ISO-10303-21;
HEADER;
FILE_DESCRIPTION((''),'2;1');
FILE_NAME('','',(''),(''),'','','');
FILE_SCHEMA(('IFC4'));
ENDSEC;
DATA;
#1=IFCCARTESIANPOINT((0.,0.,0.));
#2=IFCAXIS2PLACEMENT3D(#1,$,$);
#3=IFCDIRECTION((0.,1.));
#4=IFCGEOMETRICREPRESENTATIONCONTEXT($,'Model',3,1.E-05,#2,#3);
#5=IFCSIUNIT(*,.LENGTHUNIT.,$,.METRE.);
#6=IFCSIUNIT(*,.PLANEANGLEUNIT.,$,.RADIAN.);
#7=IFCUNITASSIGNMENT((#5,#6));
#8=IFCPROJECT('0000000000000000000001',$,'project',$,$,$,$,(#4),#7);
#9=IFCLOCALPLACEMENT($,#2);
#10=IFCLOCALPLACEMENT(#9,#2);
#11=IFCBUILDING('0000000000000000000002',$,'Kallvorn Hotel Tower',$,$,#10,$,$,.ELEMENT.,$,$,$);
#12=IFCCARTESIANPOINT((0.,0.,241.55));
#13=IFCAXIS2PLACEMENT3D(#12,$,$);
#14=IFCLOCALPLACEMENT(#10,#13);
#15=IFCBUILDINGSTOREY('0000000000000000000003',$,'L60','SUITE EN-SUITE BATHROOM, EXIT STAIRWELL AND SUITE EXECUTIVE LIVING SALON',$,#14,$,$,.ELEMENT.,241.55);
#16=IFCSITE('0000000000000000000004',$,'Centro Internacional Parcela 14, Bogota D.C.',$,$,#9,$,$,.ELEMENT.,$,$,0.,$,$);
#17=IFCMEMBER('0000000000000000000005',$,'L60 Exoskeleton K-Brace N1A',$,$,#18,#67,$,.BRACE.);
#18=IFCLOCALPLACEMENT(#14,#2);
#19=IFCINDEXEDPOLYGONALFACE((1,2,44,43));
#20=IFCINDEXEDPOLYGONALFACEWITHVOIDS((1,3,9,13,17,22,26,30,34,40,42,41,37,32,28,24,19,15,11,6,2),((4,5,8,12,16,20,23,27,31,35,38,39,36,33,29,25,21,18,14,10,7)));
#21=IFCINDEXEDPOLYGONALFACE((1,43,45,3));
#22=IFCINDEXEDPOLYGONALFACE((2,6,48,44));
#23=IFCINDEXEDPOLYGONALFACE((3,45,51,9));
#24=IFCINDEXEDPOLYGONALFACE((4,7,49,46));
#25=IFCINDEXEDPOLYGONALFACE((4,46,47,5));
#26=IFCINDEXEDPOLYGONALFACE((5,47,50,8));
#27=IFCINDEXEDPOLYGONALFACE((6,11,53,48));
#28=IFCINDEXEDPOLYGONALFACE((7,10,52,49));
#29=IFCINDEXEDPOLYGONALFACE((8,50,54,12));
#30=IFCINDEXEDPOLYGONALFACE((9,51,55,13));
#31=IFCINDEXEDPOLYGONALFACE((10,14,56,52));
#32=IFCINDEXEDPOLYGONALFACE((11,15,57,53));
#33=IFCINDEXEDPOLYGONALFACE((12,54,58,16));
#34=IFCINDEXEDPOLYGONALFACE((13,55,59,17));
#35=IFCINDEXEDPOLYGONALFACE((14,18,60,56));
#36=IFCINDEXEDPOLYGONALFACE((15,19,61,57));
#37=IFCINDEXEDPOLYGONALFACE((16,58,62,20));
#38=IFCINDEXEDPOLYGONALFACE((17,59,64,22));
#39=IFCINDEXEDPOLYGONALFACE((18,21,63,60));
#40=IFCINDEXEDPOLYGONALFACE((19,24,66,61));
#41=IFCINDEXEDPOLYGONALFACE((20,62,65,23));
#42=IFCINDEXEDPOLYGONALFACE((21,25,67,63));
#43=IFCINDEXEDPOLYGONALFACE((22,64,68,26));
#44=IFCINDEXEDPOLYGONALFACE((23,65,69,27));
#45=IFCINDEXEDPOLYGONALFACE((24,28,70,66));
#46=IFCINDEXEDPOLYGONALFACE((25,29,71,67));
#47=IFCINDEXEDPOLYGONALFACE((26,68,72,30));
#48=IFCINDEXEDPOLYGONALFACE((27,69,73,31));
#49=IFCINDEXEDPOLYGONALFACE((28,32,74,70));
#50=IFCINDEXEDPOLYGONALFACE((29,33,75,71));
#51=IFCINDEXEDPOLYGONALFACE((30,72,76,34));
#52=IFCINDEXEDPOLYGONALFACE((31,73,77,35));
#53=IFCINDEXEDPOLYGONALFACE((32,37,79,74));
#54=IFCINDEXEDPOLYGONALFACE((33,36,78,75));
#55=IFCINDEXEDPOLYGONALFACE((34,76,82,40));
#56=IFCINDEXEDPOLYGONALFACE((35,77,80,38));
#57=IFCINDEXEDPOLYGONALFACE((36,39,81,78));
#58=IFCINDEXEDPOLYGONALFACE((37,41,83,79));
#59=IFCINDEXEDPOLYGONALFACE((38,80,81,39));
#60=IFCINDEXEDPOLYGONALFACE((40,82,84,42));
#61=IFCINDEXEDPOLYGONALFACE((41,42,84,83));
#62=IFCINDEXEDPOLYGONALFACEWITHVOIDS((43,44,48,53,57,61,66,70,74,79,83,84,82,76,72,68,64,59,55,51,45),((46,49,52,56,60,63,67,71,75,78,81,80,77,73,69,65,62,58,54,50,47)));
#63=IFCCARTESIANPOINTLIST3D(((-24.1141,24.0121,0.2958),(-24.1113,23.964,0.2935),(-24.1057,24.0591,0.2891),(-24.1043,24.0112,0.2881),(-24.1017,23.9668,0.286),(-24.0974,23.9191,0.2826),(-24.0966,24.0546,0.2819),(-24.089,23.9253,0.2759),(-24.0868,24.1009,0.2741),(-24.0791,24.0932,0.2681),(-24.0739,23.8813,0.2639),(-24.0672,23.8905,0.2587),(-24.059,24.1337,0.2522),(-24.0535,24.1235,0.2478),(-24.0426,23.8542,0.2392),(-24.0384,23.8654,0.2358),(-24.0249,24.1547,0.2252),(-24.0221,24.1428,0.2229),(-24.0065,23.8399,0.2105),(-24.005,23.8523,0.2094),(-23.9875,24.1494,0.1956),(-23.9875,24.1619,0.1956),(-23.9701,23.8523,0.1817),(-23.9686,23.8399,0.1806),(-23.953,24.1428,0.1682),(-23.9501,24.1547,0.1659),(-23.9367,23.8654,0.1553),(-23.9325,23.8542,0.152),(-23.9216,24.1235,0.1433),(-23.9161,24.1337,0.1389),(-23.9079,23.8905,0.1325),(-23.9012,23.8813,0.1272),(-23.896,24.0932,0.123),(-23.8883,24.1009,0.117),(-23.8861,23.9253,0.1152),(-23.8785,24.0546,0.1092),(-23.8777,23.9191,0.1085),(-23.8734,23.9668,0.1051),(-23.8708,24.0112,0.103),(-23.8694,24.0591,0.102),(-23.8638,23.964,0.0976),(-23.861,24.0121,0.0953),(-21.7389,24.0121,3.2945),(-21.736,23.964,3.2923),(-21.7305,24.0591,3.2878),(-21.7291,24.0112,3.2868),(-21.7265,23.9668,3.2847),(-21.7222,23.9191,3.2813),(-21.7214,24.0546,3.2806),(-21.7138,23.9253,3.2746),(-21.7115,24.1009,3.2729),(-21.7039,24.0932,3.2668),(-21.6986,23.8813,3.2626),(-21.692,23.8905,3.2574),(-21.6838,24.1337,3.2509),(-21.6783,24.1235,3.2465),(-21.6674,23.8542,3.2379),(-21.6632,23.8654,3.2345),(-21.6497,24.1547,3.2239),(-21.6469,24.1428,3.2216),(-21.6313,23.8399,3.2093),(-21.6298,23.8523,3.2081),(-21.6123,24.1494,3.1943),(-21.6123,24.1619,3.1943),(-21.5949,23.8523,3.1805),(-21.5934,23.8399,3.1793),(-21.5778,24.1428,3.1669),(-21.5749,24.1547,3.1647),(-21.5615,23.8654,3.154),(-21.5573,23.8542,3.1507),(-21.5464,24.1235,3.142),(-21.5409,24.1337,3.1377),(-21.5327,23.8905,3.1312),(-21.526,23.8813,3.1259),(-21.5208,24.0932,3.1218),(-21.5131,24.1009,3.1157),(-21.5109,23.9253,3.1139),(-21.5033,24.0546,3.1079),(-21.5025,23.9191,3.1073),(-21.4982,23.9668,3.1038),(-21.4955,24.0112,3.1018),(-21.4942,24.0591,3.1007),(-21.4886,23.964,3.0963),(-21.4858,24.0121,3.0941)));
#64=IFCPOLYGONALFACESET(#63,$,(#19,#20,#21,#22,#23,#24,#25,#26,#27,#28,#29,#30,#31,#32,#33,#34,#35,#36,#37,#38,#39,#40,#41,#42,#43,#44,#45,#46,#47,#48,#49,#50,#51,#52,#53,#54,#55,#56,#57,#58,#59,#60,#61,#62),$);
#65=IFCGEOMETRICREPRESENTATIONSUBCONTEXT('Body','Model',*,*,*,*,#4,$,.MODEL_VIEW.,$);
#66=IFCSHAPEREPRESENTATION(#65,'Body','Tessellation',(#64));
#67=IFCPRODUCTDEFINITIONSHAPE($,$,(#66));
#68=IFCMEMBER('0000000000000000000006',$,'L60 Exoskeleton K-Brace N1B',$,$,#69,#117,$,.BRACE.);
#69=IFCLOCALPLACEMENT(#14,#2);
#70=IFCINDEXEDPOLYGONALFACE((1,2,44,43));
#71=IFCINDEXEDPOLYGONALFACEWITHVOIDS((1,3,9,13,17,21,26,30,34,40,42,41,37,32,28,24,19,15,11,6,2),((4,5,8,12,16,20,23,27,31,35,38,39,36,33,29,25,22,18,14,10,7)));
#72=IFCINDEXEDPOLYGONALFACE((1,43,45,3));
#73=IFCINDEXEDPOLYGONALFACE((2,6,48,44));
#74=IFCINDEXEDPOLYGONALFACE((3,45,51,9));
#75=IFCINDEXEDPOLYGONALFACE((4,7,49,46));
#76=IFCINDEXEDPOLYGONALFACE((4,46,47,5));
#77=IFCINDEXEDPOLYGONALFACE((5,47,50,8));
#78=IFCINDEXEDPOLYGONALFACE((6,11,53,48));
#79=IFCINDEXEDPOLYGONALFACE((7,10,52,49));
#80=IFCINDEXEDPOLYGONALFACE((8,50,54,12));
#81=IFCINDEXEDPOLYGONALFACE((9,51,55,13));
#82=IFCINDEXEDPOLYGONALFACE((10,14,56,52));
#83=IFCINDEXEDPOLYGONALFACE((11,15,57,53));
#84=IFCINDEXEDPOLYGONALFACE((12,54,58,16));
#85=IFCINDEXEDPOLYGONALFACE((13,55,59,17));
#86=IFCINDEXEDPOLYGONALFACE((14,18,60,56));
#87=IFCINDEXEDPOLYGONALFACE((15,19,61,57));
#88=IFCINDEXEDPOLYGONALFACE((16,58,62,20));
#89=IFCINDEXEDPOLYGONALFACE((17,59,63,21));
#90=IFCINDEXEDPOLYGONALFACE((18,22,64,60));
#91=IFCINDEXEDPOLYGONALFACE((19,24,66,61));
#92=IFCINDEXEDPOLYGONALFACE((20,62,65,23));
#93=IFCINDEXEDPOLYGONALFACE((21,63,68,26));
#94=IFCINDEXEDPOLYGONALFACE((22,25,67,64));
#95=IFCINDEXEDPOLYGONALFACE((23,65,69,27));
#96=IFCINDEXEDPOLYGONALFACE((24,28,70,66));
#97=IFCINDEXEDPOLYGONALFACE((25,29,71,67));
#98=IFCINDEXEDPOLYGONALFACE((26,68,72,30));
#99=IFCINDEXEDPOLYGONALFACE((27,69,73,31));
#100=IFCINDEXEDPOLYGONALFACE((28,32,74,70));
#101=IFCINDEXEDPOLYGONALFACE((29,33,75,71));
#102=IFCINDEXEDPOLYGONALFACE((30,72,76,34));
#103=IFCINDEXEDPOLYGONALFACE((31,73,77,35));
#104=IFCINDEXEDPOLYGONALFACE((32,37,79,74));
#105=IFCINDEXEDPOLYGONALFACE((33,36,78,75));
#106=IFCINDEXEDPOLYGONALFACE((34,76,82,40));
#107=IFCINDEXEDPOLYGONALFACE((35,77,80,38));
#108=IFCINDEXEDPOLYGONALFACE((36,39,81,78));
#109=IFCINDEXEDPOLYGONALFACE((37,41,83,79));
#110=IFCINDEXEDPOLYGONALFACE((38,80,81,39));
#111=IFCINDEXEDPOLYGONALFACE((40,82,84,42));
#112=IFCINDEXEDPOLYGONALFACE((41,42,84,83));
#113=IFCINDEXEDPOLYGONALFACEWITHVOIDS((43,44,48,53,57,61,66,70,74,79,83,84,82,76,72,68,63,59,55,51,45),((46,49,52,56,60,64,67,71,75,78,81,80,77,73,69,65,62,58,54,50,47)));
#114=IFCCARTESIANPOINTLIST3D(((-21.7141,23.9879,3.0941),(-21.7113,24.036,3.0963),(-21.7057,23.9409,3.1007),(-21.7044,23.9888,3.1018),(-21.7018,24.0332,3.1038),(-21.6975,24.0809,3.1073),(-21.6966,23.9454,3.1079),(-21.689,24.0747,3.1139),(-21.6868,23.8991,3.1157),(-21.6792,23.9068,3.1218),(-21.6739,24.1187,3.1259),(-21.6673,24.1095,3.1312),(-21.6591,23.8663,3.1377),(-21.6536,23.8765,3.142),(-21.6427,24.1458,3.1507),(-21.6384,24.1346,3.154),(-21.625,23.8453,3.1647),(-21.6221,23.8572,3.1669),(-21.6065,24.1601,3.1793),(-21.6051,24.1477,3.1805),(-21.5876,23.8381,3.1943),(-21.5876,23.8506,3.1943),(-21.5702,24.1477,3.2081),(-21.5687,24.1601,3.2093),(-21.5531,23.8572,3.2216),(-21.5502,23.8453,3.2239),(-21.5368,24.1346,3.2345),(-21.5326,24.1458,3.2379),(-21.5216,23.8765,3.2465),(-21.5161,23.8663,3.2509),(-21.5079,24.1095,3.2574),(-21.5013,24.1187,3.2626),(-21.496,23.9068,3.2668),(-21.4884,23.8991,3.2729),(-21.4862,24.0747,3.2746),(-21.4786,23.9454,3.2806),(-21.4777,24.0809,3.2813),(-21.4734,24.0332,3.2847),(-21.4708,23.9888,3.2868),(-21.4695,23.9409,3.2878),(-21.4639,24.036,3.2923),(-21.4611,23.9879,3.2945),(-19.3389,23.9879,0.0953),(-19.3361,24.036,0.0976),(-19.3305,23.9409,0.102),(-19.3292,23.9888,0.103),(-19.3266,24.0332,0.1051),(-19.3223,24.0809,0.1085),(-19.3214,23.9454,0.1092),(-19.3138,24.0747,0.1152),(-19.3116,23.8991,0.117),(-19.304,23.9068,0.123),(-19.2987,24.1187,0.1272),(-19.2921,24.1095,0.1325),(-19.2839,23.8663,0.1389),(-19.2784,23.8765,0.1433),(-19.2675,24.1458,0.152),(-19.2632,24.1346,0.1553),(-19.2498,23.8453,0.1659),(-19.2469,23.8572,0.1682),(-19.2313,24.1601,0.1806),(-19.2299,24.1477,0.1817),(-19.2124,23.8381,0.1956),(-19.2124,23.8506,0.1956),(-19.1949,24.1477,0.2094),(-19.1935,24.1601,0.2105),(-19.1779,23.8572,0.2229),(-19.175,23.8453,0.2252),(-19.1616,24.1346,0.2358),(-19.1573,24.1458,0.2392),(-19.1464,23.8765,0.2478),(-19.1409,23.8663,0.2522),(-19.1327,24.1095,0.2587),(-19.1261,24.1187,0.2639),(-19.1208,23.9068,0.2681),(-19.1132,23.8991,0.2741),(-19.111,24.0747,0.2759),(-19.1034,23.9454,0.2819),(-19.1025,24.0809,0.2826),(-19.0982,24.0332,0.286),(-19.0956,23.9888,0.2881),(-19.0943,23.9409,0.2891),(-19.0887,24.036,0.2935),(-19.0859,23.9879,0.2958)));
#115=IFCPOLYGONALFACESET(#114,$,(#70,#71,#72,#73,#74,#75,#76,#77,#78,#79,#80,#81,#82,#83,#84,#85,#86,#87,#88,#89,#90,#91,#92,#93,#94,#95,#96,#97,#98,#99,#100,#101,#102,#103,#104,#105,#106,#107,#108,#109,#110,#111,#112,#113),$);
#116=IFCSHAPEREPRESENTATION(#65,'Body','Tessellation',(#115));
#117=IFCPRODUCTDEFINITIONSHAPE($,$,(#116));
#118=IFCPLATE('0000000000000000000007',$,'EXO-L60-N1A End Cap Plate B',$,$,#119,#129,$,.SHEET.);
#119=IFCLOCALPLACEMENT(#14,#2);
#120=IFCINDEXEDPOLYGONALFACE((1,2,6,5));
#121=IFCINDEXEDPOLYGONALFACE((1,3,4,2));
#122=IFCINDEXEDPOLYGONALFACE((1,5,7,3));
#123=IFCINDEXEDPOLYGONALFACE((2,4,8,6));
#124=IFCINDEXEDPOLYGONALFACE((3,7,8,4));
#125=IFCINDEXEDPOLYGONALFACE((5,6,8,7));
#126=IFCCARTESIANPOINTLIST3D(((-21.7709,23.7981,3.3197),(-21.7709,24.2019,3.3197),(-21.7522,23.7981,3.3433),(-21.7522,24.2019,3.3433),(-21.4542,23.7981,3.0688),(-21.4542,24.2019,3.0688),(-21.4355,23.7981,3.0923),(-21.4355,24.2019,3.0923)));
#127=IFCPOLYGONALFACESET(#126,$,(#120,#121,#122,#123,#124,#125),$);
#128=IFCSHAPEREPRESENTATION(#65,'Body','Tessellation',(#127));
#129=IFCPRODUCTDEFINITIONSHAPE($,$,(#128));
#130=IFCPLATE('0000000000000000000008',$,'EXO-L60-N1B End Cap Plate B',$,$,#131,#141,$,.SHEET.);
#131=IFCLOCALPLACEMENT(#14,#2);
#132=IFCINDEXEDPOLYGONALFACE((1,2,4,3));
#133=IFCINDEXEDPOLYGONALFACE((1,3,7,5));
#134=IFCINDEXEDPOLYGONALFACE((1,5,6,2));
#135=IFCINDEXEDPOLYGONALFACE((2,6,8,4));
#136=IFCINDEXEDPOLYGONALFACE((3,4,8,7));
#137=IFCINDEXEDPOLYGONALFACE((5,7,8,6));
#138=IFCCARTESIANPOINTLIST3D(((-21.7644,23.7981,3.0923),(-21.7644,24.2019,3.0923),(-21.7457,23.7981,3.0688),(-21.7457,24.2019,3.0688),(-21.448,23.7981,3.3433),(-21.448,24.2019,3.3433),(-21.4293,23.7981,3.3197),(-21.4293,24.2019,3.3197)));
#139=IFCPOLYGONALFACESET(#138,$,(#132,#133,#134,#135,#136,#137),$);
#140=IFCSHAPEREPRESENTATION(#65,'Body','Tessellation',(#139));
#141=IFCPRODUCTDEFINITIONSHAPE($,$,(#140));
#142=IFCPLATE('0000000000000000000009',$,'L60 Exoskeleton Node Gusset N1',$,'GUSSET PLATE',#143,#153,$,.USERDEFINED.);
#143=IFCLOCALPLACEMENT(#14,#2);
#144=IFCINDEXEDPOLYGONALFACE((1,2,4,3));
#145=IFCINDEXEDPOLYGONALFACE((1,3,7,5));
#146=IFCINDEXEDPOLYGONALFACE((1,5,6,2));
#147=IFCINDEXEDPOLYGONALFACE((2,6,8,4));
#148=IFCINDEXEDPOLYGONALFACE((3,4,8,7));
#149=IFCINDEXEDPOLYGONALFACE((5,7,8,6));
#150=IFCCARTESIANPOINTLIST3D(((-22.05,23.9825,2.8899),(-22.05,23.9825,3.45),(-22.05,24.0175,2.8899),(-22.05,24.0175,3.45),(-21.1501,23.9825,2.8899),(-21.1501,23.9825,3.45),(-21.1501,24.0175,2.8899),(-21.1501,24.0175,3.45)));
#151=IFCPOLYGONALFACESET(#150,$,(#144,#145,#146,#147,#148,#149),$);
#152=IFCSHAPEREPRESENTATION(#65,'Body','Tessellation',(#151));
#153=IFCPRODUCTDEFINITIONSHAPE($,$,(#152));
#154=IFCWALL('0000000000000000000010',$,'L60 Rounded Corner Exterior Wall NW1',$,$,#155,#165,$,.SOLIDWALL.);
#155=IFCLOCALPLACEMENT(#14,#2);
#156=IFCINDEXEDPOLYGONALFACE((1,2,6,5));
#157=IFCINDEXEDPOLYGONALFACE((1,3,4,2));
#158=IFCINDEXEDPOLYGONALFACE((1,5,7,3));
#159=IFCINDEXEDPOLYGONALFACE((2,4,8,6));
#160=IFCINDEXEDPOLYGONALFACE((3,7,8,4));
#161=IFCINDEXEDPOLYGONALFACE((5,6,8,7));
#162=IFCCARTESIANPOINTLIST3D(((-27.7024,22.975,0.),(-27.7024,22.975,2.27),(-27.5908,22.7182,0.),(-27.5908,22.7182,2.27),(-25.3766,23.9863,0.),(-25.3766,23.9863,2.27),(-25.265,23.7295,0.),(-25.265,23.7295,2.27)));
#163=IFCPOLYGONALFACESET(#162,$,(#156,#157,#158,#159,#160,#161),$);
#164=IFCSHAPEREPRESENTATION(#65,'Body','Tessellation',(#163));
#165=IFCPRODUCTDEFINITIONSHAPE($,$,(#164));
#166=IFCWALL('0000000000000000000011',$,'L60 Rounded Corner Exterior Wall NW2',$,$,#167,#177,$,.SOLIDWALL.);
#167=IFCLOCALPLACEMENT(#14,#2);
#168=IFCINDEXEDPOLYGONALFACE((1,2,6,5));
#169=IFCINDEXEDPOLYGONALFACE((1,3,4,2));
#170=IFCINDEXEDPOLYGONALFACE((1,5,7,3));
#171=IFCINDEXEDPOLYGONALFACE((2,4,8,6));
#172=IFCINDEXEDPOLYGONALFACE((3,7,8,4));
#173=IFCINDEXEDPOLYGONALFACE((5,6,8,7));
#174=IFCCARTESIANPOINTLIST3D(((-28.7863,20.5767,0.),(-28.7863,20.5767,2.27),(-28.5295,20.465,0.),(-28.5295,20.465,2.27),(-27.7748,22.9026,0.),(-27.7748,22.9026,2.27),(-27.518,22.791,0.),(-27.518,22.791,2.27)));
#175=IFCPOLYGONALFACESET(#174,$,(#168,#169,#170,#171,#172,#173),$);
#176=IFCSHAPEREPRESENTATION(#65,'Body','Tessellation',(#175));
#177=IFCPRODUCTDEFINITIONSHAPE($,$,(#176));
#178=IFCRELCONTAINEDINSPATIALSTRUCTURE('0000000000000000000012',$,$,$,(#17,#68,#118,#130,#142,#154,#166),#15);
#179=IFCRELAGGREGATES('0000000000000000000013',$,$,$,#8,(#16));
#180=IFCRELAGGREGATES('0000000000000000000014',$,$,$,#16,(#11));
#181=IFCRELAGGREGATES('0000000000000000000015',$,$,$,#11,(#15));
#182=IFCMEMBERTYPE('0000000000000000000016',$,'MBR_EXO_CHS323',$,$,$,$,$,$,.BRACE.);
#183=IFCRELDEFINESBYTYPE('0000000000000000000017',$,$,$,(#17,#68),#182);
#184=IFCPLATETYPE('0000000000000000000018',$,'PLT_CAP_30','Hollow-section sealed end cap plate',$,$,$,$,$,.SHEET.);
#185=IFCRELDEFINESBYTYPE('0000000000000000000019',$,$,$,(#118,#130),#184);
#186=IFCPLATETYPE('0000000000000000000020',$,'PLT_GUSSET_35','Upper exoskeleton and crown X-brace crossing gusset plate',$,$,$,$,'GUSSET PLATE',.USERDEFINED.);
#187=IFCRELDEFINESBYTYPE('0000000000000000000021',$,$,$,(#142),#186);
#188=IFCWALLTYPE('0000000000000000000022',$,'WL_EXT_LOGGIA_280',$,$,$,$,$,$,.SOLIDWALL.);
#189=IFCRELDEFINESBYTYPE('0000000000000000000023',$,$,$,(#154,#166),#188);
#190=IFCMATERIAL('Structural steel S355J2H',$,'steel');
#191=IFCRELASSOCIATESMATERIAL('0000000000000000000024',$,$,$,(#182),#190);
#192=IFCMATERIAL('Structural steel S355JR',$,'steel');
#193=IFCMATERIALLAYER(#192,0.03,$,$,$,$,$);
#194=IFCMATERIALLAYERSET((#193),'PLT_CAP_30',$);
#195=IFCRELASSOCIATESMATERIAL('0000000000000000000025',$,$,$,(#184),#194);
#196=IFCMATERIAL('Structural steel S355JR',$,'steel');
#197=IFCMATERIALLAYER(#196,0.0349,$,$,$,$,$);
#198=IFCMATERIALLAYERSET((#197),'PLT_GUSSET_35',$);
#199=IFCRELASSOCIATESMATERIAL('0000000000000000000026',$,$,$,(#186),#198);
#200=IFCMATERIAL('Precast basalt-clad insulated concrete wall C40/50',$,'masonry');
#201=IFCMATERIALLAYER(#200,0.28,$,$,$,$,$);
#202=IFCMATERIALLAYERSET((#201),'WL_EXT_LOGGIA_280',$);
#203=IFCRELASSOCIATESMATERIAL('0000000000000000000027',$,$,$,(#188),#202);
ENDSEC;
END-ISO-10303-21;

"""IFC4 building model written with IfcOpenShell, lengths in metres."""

from ifc_helpers import new_model, si_unit, direction, frame, frame_2d, origin, origin_2d, place, context, subcontext, project, spatial, polyline, rectangle, hollow_circle, outline, extrude, material, layer, layer_set, material_profile, profile_set, type_object, element, save


model = new_model("IFC4")

# Units and contexts
model_context = context("Model", 3, precision=1e-05, world=origin(), true_north=direction((0.0, 1.0)))
body_context = subcontext(model_context, "Body", "Model", "MODEL_VIEW")
ifc_project = project(units=[si_unit("LENGTHUNIT", "METRE"), si_unit("PLANEANGLEUNIT", "RADIAN")], contexts=[model_context])

# Site, building, storey
site_placement = place(None, origin())
site = spatial("IfcSite", under=ifc_project, at=site_placement, Name="Centro Internacional Parcela 14, Bogota D.C.", CompositionType="ELEMENT", RefElevation=0.0)
building_placement = place(site_placement, origin())
building = spatial("IfcBuilding", under=site, at=building_placement, Name="Kallvorn Hotel Tower", CompositionType="ELEMENT")
storey_placement = place(building_placement, frame((0.0, 0.0, 241.55)))
storey = spatial("IfcBuildingStorey", under=building, at=storey_placement, Name="L60", Description="SUITE EN-SUITE BATHROOM, EXIT STAIRWELL AND SUITE EXECUTIVE LIVING SALON", CompositionType="ELEMENT", Elevation=241.55)

# Members
ifc_material_1 = material(Name="Structural steel S355J2H", Category="steel")
ifc_material_profile_1 = material_profile(ifc_material_1, hollow_circle(Radius=0.1619, WallThickness=0.0125, at=origin_2d()), Name="CHS 323.9x12.5")
ifc_profile_set_1 = profile_set([ifc_material_profile_1], Name="Structural steel S355J2H")
member_type_1 = type_object("IfcMemberType", Name="MBR_EXO_CHS323", PredefinedType="BRACE", material=ifc_profile_set_1)
for number, where, z_axis, x_axis, name in (
    (1, (-23.9875, 24.0, 0.1956), (0.620897, 0.0, 0.783892), (0.0, 1.0, 0.0), "L60 Exoskeleton K-Brace N1A"),
    (2, (-19.2124, 24.0, 0.1956), (-0.620897, 0.0, 0.783892), (0.0, -1.0, 0.0), "L60 Exoskeleton K-Brace N1B"),
):
    element("IfcMember", number, at=place(storey_placement, frame(where, z_axis=z_axis, x_axis=x_axis)), inside=storey, type_object=member_type_1, Name=name, PredefinedType="BRACE", context=body_context, shape_type="SweptSolid", body=[
        extrude(hollow_circle(Radius=0.1619, WallThickness=0.0125, at=origin_2d()), origin(), (0.0, 0.0, 1.0), 3.8254),
    ])

# Plates
ifc_material_2 = material(Name="Structural steel S355JR", Category="steel")
ifc_layer_1 = layer(ifc_material_2, 0.03)
ifc_layer_set_1 = layer_set([ifc_layer_1], Name="PLT_CAP_30")
plate_type_1 = type_object("IfcPlateType", Name="PLT_CAP_30", Description="Hollow-section sealed end cap plate", PredefinedType="SHEET", material=ifc_layer_set_1)
plate_1_placement = place(storey_placement, frame((-21.4355, 23.7981, 3.0923), z_axis=(0.621152, 0.0, 0.78369), x_axis=(0.0, 1.0, 0.0)))
element("IfcPlate", 3, at=plate_1_placement, inside=storey, type_object=plate_type_1, Name="EXO-L60-N1A End Cap Plate B", PredefinedType="SHEET", context=body_context, shape_type="SweptSolid", body=[
    extrude(outline(polyline([(0.0, 0.0), (0.4038, 0.0), (0.4038, 0.4041), (0.0, 0.4041), (0.0, 0.0)])), origin(), (0.0, 0.0, -1.0), 0.03),
])
plate_2_placement = place(storey_placement, frame((-21.7644, 24.2019, 3.0923), z_axis=(-0.621446, 0.0, 0.783457), x_axis=(0.0, -1.0, 0.0)))
element("IfcPlate", 4, at=plate_2_placement, inside=storey, type_object=plate_type_1, Name="EXO-L60-N1B End Cap Plate B", PredefinedType="SHEET", context=body_context, shape_type="SweptSolid", body=[
    extrude(outline(polyline([(0.0, 0.0), (0.4038, 0.0), (0.4038, 0.4039), (0.0, 0.4039), (0.0, 0.0)])), origin(), (0.0, 0.0, -1.0), 0.03),
])
ifc_material_3 = material(Name="Structural steel S355JR", Category="steel")
ifc_layer_2 = layer(ifc_material_3, 0.0349)
ifc_layer_set_2 = layer_set([ifc_layer_2], Name="PLT_GUSSET_35")
plate_type_2 = type_object("IfcPlateType", Name="PLT_GUSSET_35", Description="Upper exoskeleton and crown X-brace crossing gusset plate", ElementType="GUSSET PLATE", PredefinedType="USERDEFINED", material=ifc_layer_set_2)
plate_3_placement = place(storey_placement, frame((-21.6001, 24.0, 2.8899), z_axis=(0.0, 0.0, 1.0), x_axis=(1.0, 0.0, 0.0)))
element("IfcPlate", 5, at=plate_3_placement, inside=storey, type_object=plate_type_2, Name="L60 Exoskeleton Node Gusset N1", ObjectType="GUSSET PLATE", PredefinedType="USERDEFINED", context=body_context, shape_type="SweptSolid", body=[
    extrude(rectangle(XDim=0.8999, YDim=0.0349, at=origin_2d()), origin(), (0.0, 0.0, 1.0), 0.5601),
])

# Walls
ifc_material_4 = material(Name="Precast basalt-clad insulated concrete wall C40/50", Category="masonry")
ifc_layer_3 = layer(ifc_material_4, 0.28)
ifc_layer_set_3 = layer_set([ifc_layer_3], Name="WL_EXT_LOGGIA_280")
wall_type = type_object("IfcWallType", Name="WL_EXT_LOGGIA_280", PredefinedType="SOLIDWALL", material=ifc_layer_set_3)
wall_1_placement = place(storey_placement, frame((-25.3208, 23.8579, 0.0), z_axis=(0.0, 0.0, 1.0), x_axis=(-0.917061, -0.398747, 0.0)))
element("IfcWall", 6, at=wall_1_placement, inside=storey, type_object=wall_type, Name="L60 Rounded Corner Exterior Wall NW1", PredefinedType="SOLIDWALL", context=body_context, shape_type="SweptSolid", body=[
    extrude(rectangle(XDim=2.5361, YDim=0.28, at=frame_2d((1.2681, 0.0))), origin(), (0.0, 0.0, 1.0), 2.27),
])
wall_2_placement = place(storey_placement, frame((-27.6465, 22.8467, 0.0), z_axis=(0.0, 0.0, 1.0), x_axis=(-0.398793, -0.917041, 0.0)))
element("IfcWall", 7, at=wall_2_placement, inside=storey, type_object=wall_type, Name="L60 Rounded Corner Exterior Wall NW2", PredefinedType="SOLIDWALL", context=body_context, shape_type="SweptSolid", body=[
    extrude(rectangle(XDim=2.5364, YDim=0.28, at=frame_2d((1.2681, 0.0))), origin(), (0.0, 0.0, 1.0), 2.27),
])

save(model, "model.ifc")
